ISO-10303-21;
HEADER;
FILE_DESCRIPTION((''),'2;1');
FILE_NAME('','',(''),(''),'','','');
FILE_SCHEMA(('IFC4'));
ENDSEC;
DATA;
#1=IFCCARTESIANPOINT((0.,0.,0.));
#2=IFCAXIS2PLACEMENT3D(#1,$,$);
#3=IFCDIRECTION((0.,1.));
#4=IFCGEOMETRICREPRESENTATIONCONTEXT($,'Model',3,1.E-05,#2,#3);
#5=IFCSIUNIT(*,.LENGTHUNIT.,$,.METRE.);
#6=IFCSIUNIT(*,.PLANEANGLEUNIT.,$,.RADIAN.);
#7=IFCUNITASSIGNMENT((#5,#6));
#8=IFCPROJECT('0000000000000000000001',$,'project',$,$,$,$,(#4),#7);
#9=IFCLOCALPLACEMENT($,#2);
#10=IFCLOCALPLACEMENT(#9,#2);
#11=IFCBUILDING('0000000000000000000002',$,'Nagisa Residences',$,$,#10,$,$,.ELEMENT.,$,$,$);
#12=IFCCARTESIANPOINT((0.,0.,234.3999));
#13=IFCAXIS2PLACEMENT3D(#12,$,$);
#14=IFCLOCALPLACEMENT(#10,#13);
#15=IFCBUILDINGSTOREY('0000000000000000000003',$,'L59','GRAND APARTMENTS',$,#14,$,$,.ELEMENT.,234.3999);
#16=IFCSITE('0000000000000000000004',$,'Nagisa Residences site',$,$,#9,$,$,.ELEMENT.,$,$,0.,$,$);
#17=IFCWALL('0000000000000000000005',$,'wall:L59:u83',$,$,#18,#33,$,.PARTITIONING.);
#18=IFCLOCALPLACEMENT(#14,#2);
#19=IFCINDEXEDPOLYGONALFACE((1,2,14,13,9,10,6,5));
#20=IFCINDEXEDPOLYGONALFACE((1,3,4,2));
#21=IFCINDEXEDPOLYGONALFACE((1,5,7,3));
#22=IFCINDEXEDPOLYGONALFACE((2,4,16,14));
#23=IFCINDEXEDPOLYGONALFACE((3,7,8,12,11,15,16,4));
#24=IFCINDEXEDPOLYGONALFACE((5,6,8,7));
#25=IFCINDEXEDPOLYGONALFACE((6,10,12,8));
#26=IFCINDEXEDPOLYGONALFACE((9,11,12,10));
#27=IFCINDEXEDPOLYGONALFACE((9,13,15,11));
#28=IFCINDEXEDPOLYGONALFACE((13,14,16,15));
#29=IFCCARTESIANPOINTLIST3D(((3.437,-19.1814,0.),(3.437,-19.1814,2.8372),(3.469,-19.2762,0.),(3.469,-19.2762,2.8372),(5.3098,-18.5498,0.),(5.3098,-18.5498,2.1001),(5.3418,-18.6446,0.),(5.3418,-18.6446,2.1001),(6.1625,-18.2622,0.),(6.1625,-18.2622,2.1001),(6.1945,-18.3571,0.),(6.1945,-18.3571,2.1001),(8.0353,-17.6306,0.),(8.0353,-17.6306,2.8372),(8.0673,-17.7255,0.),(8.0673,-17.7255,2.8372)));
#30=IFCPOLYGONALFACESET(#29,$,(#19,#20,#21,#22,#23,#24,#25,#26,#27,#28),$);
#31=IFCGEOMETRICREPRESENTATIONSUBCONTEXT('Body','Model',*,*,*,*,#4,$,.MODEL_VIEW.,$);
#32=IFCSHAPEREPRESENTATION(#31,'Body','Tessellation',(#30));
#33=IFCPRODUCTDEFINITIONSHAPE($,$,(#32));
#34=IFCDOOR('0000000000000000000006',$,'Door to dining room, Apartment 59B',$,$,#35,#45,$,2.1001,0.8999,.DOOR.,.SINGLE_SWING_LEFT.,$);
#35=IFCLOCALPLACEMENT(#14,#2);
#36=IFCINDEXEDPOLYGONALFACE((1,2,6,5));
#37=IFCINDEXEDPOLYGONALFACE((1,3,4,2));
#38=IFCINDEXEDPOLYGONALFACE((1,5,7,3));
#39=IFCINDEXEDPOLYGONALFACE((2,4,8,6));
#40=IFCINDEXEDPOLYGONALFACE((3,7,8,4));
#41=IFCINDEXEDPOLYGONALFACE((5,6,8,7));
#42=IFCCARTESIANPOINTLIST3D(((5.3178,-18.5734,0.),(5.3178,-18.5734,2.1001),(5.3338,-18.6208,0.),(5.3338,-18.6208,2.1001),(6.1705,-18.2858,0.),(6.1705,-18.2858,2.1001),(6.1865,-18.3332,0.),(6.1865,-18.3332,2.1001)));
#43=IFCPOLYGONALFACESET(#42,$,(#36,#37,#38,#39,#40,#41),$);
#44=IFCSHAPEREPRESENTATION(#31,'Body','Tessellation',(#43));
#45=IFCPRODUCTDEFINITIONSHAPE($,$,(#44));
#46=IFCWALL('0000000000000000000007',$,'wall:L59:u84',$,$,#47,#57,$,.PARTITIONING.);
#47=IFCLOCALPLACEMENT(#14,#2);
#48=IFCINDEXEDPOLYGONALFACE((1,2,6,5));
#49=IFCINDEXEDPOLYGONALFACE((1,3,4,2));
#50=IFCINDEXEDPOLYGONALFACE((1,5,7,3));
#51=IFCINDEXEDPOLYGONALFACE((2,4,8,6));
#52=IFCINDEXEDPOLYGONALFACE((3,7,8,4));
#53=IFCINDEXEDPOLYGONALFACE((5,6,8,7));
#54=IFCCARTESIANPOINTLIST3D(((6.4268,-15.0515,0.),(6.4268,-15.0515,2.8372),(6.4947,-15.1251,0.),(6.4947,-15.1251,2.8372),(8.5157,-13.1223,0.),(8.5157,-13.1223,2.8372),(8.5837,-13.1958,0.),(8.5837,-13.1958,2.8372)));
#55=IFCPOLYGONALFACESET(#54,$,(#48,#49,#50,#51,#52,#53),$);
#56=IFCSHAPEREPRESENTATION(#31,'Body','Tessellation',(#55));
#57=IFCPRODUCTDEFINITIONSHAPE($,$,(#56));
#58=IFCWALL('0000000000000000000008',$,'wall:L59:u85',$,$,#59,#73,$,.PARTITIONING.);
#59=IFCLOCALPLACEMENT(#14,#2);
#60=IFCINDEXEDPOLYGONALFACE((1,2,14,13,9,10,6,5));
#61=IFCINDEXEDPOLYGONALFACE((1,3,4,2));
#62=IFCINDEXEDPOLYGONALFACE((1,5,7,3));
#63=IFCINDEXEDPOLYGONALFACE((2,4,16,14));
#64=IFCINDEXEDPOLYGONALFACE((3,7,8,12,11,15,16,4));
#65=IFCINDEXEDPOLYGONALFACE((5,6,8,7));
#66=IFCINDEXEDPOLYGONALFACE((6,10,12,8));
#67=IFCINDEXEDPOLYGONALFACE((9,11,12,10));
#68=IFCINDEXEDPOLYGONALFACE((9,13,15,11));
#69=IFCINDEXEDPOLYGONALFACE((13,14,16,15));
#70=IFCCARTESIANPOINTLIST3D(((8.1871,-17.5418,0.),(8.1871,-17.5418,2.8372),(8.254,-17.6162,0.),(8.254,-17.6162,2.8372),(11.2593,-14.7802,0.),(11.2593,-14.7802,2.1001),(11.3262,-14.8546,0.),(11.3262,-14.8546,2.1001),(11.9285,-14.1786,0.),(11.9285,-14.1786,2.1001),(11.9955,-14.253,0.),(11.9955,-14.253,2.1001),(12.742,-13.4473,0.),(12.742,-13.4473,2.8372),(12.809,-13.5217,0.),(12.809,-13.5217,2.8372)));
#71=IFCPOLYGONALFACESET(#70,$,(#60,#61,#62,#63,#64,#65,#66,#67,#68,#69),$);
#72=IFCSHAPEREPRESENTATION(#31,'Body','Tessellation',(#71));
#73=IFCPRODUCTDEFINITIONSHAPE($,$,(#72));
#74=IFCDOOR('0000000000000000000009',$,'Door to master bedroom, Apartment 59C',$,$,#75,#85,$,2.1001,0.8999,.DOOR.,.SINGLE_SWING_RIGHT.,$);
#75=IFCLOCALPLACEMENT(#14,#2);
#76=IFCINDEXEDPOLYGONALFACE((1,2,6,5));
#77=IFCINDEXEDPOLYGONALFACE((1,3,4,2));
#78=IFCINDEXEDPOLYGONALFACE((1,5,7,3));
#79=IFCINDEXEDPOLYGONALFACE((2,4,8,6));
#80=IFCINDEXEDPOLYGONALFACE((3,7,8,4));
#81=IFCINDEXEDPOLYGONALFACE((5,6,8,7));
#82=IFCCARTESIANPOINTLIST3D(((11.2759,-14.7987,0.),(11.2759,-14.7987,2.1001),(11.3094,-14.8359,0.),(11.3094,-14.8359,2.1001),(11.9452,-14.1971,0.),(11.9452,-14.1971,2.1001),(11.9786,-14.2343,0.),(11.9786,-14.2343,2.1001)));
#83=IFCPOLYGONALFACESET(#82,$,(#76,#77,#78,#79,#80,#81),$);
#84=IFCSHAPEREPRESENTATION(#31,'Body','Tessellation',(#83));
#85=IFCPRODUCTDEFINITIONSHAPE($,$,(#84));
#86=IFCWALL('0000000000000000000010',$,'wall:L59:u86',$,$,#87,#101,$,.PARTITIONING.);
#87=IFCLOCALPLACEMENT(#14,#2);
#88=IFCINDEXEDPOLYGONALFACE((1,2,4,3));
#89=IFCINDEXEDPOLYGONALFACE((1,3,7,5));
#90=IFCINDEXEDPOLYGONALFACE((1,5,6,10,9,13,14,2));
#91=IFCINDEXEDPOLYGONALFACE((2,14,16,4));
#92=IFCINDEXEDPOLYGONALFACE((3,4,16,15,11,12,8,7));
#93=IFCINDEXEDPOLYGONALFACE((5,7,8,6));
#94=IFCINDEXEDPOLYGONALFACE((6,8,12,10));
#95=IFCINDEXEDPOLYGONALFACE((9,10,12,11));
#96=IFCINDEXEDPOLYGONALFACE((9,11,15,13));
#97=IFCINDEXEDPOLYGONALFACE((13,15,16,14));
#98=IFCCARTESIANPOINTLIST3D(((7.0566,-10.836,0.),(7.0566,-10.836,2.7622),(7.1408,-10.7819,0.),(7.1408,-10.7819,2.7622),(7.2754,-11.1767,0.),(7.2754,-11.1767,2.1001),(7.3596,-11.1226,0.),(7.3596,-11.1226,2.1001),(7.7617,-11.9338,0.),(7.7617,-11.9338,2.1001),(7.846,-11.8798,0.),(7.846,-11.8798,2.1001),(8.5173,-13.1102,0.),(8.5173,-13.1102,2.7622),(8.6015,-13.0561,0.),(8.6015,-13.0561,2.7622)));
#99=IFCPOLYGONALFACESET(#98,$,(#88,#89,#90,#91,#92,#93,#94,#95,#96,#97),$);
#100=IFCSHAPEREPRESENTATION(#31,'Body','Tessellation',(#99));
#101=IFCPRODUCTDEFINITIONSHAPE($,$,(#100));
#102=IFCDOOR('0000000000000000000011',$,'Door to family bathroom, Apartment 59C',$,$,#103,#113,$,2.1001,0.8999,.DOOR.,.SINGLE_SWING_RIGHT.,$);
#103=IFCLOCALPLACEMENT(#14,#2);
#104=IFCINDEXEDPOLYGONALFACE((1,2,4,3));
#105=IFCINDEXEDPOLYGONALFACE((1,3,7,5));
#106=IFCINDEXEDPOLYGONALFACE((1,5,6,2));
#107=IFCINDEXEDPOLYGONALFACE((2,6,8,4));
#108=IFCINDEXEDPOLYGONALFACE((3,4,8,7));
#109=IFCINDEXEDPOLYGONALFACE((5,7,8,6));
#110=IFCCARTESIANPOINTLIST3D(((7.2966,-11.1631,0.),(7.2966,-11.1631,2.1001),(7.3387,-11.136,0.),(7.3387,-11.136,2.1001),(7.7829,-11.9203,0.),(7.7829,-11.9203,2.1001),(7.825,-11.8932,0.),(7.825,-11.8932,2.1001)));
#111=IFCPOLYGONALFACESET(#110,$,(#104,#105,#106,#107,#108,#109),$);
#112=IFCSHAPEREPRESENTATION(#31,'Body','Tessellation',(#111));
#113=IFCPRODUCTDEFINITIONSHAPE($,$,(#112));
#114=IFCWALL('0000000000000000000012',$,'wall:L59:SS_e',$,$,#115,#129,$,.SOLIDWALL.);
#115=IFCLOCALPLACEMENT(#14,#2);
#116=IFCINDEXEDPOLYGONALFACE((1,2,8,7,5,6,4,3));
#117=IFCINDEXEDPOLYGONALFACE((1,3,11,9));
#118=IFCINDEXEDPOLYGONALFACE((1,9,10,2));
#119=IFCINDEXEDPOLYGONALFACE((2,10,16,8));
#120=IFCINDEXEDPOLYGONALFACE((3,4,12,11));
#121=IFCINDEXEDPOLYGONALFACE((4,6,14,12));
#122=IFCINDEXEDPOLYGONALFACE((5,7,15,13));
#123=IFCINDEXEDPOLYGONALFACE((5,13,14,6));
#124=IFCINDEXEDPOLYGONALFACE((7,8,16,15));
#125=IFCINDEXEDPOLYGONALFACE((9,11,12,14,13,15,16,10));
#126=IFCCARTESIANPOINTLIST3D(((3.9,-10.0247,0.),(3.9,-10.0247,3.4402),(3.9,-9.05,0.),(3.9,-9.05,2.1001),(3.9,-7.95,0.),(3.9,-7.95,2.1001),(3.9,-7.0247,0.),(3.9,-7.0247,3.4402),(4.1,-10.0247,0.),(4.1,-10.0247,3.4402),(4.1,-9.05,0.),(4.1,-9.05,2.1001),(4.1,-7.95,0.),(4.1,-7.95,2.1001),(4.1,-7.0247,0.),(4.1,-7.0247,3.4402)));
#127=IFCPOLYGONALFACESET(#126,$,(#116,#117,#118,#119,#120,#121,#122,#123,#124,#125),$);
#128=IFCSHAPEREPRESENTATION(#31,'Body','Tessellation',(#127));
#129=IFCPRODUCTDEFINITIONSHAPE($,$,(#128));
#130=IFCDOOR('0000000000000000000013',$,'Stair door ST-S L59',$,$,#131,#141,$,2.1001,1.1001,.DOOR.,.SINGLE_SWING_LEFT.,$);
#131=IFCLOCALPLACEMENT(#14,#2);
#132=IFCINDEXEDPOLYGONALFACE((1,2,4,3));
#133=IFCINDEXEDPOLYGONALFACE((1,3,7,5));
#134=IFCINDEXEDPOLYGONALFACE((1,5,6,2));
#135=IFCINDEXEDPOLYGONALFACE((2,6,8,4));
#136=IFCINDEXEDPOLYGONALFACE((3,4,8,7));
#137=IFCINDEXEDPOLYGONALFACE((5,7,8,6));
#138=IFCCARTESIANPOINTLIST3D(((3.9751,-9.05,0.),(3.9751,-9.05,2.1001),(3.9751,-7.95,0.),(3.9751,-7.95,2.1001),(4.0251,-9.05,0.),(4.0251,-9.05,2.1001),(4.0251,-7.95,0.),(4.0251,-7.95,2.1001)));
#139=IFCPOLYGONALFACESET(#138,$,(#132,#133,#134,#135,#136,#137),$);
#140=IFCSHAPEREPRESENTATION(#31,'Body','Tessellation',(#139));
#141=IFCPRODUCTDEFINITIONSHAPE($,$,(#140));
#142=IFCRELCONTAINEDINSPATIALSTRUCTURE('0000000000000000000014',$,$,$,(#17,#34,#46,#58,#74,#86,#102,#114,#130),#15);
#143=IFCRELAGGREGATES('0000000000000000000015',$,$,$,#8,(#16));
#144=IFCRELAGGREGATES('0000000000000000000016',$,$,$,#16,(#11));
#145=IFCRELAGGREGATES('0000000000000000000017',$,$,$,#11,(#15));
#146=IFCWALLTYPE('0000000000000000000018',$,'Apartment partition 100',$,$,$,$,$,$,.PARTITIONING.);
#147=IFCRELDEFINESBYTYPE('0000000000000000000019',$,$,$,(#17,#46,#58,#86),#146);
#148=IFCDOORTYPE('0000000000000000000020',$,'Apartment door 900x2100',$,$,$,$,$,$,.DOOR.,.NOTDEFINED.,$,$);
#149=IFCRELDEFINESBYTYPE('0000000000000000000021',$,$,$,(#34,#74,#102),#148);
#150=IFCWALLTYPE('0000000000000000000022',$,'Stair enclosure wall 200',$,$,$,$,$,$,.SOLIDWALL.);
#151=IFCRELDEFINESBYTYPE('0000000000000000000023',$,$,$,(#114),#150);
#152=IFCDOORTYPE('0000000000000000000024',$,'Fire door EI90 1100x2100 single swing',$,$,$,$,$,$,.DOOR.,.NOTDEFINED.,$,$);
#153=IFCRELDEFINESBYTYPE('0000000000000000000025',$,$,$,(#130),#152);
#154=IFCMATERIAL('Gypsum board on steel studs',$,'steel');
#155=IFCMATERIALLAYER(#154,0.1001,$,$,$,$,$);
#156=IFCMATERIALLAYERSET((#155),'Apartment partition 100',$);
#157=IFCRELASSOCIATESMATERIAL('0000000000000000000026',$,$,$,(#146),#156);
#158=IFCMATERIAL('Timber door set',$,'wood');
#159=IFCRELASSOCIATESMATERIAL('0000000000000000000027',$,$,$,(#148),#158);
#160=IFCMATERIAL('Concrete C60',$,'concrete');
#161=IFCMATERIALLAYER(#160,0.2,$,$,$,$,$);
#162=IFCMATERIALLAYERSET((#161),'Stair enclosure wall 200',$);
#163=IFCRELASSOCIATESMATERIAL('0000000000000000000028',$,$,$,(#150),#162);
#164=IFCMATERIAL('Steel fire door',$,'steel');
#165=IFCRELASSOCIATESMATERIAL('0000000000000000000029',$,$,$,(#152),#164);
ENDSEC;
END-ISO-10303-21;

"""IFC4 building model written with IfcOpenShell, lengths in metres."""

from ifc_helpers import new_model, si_unit, direction, frame, frame_2d, origin, place, context, subcontext, project, spatial, rectangle, extrude, material, layer, layer_set, type_object, element, fill, save


model = new_model("IFC4")

# Units and contexts
model_context = context("Model", 3, precision=1e-05, world=origin(), true_north=direction((0.0, 1.0)))
body_context = subcontext(model_context, "Body", "Model", "MODEL_VIEW")
ifc_project = project(units=[si_unit("LENGTHUNIT", "METRE"), si_unit("PLANEANGLEUNIT", "RADIAN")], contexts=[model_context])

# Site, building, storey
site_placement = place(None, origin())
site = spatial("IfcSite", under=ifc_project, at=site_placement, Name="Nagisa Residences site", CompositionType="ELEMENT", RefElevation=0.0)
building_placement = place(site_placement, origin())
building = spatial("IfcBuilding", under=site, at=building_placement, Name="Nagisa Residences", CompositionType="ELEMENT")
storey_placement = place(building_placement, frame((0.0, 0.0, 234.3999)))
storey = spatial("IfcBuildingStorey", under=building, at=storey_placement, Name="L59", Description="GRAND APARTMENTS", CompositionType="ELEMENT", Elevation=234.3999)

# Shared definitions
ifc_material_1 = material(Name="Gypsum board on steel studs", Category="steel")
ifc_layer_1 = layer(ifc_material_1, 0.1001)
ifc_layer_set_1 = layer_set([ifc_layer_1], Name="Apartment partition 100")
wall_type_1 = type_object("IfcWallType", Name="Apartment partition 100", PredefinedType="PARTITIONING", material=ifc_layer_set_1)

# Shared definitions
ifc_material_2 = material(Name="Timber door set", Category="wood")
door_type_1 = type_object("IfcDoorType", Name="Apartment door 900x2100", OperationType="NOTDEFINED", PredefinedType="DOOR", material=ifc_material_2)

# Wall, opening, door
wall_1_placement = place(storey_placement, frame((3.4531, -19.2288, 0.0), z_axis=(0.0, 0.0, 1.0), x_axis=(0.947566, 0.319561, 0.0)))
wall_1 = element("IfcWall", 1, at=wall_1_placement, inside=storey, type_object=wall_type_1, Name="wall:L59:u83", PredefinedType="PARTITIONING", context=body_context, shape_type="SweptSolid", body=[
    extrude(rectangle(XDim=4.8528, YDim=0.1001, at=frame_2d((2.4263, 0.0))), origin(), (0.0, 0.0, 1.0), 2.8372),
])
opening_1_placement = place(wall_1_placement, frame((1.9763, 0.0, 0.0)))
opening_1 = element("IfcOpeningElement", 2, at=opening_1_placement, cuts=wall_1, PredefinedType="OPENING", context=body_context, shape_type="SweptSolid", body=[
    extrude(rectangle(XDim=0.8999, YDim=2.1001, at=frame_2d((0.45, 1.05))), frame((0.0, 0.0601, 0.0), z_axis=(0.0, -1.0, 0.0), x_axis=(1.0, 0.0, 0.0)), (0.0, 0.0, 1.0), 0.1201),
])
door_1_placement = place(opening_1_placement, frame((0.8999, 0.0, 0.0), x_axis=(-1.0, 0.0, 0.0)))
door_1 = element("IfcDoor", 3, at=door_1_placement, inside=storey, type_object=door_type_1, Name="Door to dining room, Apartment 59B", OperationType="SINGLE_SWING_LEFT", OverallHeight=2.1001, OverallWidth=0.8999, PredefinedType="DOOR", context=body_context, shape_type="SweptSolid", body=[
    extrude(rectangle(XDim=0.8999, YDim=2.1001, at=frame_2d((0.45, 1.05))), frame((0.0, 0.0249, 0.0), z_axis=(0.0, -1.0, 0.0), x_axis=(1.0, 0.0, 0.0)), (0.0, 0.0, 1.0), 0.05),
])
fill(opening_1, door_1)

# Wall
wall_2_placement = place(storey_placement, frame((6.4607, -15.0884, 0.0), z_axis=(0.0, 0.0, 1.0), x_axis=(0.734626, 0.678473, 0.0)))
element("IfcWall", 4, at=wall_2_placement, inside=storey, type_object=wall_type_1, Name="wall:L59:u84", PredefinedType="PARTITIONING", context=body_context, shape_type="SweptSolid", body=[
    extrude(rectangle(XDim=2.8435, YDim=0.1001, at=frame_2d((1.4219, 0.0))), origin(), (0.0, 0.0, 1.0), 2.8372),
])

# Walls, openings, doors
wall_3_placement = place(storey_placement, frame((8.2205, -17.5791, 0.0), z_axis=(0.0, 0.0, 1.0), x_axis=(0.743696, 0.668518, 0.0)))
wall_3 = element("IfcWall", 5, at=wall_3_placement, inside=storey, type_object=wall_type_1, Name="wall:L59:u85", PredefinedType="PARTITIONING", context=body_context, shape_type="SweptSolid", body=[
    extrude(rectangle(XDim=6.1248, YDim=0.1001, at=frame_2d((3.0625, 0.0))), origin(), (0.0, 0.0, 1.0), 2.8372),
])
opening_2_placement = place(wall_3_placement, frame((4.1311, 0.0, 0.0)))
opening_2 = element("IfcOpeningElement", 6, at=opening_2_placement, cuts=wall_3, PredefinedType="OPENING", context=body_context, shape_type="SweptSolid", body=[
    extrude(rectangle(XDim=0.8999, YDim=2.1001, at=frame_2d((0.45, 1.05))), frame((0.0, 0.0601, 0.0), z_axis=(0.0, -1.0, 0.0), x_axis=(1.0, 0.0, 0.0)), (0.0, 0.0, 1.0), 0.1201),
])
door_2_placement = place(opening_2_placement, frame((0.8999, 0.0, 0.0), x_axis=(-1.0, 0.0, 0.0)))
door_2 = element("IfcDoor", 7, at=door_2_placement, inside=storey, type_object=door_type_1, Name="Door to master bedroom, Apartment 59C", OperationType="SINGLE_SWING_RIGHT", OverallHeight=2.1001, OverallWidth=0.8999, PredefinedType="DOOR", context=body_context, shape_type="SweptSolid", body=[
    extrude(rectangle(XDim=0.8999, YDim=2.1001, at=frame_2d((0.45, 1.05))), frame((0.0, 0.0249, 0.0), z_axis=(0.0, -1.0, 0.0), x_axis=(1.0, 0.0, 0.0)), (0.0, 0.0, 1.0), 0.05),
])
fill(opening_2, door_2)
wall_4_placement = place(storey_placement, frame((7.0986, -10.8088, 0.0), z_axis=(0.0, 0.0, 1.0), x_axis=(0.540424, -0.841393, 0.0)))
wall_4 = element("IfcWall", 8, at=wall_4_placement, inside=storey, type_object=wall_type_1, Name="wall:L59:u86", PredefinedType="PARTITIONING", context=body_context, shape_type="SweptSolid", body=[
    extrude(rectangle(XDim=2.7029, YDim=0.1001, at=frame_2d((1.3516, 0.0))), origin(), (0.0, 0.0, 1.0), 2.7622),
])
opening_3_placement = place(wall_4_placement, frame((0.405, 0.0, 0.0)))
opening_3 = element("IfcOpeningElement", 9, at=opening_3_placement, cuts=wall_4, PredefinedType="OPENING", context=body_context, shape_type="SweptSolid", body=[
    extrude(rectangle(XDim=0.8999, YDim=2.1001, at=frame_2d((0.45, 1.05))), frame((0.0, 0.0601, 0.0), z_axis=(0.0, -1.0, 0.0), x_axis=(1.0, 0.0, 0.0)), (0.0, 0.0, 1.0), 0.1201),
])
door_3_placement = place(opening_3_placement, frame((0.8999, 0.0, 0.0), x_axis=(-1.0, 0.0, 0.0)))
door_3 = element("IfcDoor", 10, at=door_3_placement, inside=storey, type_object=door_type_1, Name="Door to family bathroom, Apartment 59C", OperationType="SINGLE_SWING_RIGHT", OverallHeight=2.1001, OverallWidth=0.8999, PredefinedType="DOOR", context=body_context, shape_type="SweptSolid", body=[
    extrude(rectangle(XDim=0.8999, YDim=2.1001, at=frame_2d((0.45, 1.05))), frame((0.0, 0.0249, 0.0), z_axis=(0.0, -1.0, 0.0), x_axis=(1.0, 0.0, 0.0)), (0.0, 0.0, 1.0), 0.05),
])
fill(opening_3, door_3)
ifc_material_3 = material(Name="Concrete C60", Category="concrete")
ifc_layer_2 = layer(ifc_material_3, 0.2)
ifc_layer_set_2 = layer_set([ifc_layer_2], Name="Stair enclosure wall 200")
wall_type_2 = type_object("IfcWallType", Name="Stair enclosure wall 200", PredefinedType="SOLIDWALL", material=ifc_layer_set_2)
wall_5_placement = place(storey_placement, frame((4.0, -10.0247, 0.0), z_axis=(0.0, 0.0, 1.0), x_axis=(0.0, 1.0, 0.0)))
wall_5 = element("IfcWall", 11, at=wall_5_placement, inside=storey, type_object=wall_type_2, Name="wall:L59:SS_e", PredefinedType="SOLIDWALL", context=body_context, shape_type="SweptSolid", body=[
    extrude(rectangle(XDim=3.0, YDim=0.2, at=frame_2d((1.5, 0.0))), origin(), (0.0, 0.0, 1.0), 3.4402),
])
opening_4_placement = place(wall_5_placement, frame((0.9746, 0.0, 0.0)))
opening_4 = element("IfcOpeningElement", 12, at=opening_4_placement, cuts=wall_5, PredefinedType="OPENING", context=body_context, shape_type="SweptSolid", body=[
    extrude(rectangle(XDim=1.1001, YDim=2.1001, at=frame_2d((0.55, 1.05))), frame((0.0, 0.1099, 0.0), z_axis=(0.0, -1.0, 0.0), x_axis=(1.0, 0.0, 0.0)), (0.0, 0.0, 1.0), 0.22),
])
ifc_material_4 = material(Name="Steel fire door", Category="steel")
door_type_2 = type_object("IfcDoorType", Name="Fire door EI90 1100x2100 single swing", OperationType="NOTDEFINED", PredefinedType="DOOR", material=ifc_material_4)
door_4_placement = place(opening_4_placement, origin())
door_4 = element("IfcDoor", 13, at=door_4_placement, inside=storey, type_object=door_type_2, Name="Stair door ST-S L59", OperationType="SINGLE_SWING_LEFT", OverallHeight=2.1001, OverallWidth=1.1001, PredefinedType="DOOR", context=body_context, shape_type="SweptSolid", body=[
    extrude(rectangle(XDim=1.1001, YDim=2.1001, at=frame_2d((0.55, 1.05))), frame((0.0, 0.0249, 0.0), z_axis=(0.0, -1.0, 0.0), x_axis=(1.0, 0.0, 0.0)), (0.0, 0.0, 1.0), 0.05),
])
fill(opening_4, door_4)

save(model, "model.ifc")
